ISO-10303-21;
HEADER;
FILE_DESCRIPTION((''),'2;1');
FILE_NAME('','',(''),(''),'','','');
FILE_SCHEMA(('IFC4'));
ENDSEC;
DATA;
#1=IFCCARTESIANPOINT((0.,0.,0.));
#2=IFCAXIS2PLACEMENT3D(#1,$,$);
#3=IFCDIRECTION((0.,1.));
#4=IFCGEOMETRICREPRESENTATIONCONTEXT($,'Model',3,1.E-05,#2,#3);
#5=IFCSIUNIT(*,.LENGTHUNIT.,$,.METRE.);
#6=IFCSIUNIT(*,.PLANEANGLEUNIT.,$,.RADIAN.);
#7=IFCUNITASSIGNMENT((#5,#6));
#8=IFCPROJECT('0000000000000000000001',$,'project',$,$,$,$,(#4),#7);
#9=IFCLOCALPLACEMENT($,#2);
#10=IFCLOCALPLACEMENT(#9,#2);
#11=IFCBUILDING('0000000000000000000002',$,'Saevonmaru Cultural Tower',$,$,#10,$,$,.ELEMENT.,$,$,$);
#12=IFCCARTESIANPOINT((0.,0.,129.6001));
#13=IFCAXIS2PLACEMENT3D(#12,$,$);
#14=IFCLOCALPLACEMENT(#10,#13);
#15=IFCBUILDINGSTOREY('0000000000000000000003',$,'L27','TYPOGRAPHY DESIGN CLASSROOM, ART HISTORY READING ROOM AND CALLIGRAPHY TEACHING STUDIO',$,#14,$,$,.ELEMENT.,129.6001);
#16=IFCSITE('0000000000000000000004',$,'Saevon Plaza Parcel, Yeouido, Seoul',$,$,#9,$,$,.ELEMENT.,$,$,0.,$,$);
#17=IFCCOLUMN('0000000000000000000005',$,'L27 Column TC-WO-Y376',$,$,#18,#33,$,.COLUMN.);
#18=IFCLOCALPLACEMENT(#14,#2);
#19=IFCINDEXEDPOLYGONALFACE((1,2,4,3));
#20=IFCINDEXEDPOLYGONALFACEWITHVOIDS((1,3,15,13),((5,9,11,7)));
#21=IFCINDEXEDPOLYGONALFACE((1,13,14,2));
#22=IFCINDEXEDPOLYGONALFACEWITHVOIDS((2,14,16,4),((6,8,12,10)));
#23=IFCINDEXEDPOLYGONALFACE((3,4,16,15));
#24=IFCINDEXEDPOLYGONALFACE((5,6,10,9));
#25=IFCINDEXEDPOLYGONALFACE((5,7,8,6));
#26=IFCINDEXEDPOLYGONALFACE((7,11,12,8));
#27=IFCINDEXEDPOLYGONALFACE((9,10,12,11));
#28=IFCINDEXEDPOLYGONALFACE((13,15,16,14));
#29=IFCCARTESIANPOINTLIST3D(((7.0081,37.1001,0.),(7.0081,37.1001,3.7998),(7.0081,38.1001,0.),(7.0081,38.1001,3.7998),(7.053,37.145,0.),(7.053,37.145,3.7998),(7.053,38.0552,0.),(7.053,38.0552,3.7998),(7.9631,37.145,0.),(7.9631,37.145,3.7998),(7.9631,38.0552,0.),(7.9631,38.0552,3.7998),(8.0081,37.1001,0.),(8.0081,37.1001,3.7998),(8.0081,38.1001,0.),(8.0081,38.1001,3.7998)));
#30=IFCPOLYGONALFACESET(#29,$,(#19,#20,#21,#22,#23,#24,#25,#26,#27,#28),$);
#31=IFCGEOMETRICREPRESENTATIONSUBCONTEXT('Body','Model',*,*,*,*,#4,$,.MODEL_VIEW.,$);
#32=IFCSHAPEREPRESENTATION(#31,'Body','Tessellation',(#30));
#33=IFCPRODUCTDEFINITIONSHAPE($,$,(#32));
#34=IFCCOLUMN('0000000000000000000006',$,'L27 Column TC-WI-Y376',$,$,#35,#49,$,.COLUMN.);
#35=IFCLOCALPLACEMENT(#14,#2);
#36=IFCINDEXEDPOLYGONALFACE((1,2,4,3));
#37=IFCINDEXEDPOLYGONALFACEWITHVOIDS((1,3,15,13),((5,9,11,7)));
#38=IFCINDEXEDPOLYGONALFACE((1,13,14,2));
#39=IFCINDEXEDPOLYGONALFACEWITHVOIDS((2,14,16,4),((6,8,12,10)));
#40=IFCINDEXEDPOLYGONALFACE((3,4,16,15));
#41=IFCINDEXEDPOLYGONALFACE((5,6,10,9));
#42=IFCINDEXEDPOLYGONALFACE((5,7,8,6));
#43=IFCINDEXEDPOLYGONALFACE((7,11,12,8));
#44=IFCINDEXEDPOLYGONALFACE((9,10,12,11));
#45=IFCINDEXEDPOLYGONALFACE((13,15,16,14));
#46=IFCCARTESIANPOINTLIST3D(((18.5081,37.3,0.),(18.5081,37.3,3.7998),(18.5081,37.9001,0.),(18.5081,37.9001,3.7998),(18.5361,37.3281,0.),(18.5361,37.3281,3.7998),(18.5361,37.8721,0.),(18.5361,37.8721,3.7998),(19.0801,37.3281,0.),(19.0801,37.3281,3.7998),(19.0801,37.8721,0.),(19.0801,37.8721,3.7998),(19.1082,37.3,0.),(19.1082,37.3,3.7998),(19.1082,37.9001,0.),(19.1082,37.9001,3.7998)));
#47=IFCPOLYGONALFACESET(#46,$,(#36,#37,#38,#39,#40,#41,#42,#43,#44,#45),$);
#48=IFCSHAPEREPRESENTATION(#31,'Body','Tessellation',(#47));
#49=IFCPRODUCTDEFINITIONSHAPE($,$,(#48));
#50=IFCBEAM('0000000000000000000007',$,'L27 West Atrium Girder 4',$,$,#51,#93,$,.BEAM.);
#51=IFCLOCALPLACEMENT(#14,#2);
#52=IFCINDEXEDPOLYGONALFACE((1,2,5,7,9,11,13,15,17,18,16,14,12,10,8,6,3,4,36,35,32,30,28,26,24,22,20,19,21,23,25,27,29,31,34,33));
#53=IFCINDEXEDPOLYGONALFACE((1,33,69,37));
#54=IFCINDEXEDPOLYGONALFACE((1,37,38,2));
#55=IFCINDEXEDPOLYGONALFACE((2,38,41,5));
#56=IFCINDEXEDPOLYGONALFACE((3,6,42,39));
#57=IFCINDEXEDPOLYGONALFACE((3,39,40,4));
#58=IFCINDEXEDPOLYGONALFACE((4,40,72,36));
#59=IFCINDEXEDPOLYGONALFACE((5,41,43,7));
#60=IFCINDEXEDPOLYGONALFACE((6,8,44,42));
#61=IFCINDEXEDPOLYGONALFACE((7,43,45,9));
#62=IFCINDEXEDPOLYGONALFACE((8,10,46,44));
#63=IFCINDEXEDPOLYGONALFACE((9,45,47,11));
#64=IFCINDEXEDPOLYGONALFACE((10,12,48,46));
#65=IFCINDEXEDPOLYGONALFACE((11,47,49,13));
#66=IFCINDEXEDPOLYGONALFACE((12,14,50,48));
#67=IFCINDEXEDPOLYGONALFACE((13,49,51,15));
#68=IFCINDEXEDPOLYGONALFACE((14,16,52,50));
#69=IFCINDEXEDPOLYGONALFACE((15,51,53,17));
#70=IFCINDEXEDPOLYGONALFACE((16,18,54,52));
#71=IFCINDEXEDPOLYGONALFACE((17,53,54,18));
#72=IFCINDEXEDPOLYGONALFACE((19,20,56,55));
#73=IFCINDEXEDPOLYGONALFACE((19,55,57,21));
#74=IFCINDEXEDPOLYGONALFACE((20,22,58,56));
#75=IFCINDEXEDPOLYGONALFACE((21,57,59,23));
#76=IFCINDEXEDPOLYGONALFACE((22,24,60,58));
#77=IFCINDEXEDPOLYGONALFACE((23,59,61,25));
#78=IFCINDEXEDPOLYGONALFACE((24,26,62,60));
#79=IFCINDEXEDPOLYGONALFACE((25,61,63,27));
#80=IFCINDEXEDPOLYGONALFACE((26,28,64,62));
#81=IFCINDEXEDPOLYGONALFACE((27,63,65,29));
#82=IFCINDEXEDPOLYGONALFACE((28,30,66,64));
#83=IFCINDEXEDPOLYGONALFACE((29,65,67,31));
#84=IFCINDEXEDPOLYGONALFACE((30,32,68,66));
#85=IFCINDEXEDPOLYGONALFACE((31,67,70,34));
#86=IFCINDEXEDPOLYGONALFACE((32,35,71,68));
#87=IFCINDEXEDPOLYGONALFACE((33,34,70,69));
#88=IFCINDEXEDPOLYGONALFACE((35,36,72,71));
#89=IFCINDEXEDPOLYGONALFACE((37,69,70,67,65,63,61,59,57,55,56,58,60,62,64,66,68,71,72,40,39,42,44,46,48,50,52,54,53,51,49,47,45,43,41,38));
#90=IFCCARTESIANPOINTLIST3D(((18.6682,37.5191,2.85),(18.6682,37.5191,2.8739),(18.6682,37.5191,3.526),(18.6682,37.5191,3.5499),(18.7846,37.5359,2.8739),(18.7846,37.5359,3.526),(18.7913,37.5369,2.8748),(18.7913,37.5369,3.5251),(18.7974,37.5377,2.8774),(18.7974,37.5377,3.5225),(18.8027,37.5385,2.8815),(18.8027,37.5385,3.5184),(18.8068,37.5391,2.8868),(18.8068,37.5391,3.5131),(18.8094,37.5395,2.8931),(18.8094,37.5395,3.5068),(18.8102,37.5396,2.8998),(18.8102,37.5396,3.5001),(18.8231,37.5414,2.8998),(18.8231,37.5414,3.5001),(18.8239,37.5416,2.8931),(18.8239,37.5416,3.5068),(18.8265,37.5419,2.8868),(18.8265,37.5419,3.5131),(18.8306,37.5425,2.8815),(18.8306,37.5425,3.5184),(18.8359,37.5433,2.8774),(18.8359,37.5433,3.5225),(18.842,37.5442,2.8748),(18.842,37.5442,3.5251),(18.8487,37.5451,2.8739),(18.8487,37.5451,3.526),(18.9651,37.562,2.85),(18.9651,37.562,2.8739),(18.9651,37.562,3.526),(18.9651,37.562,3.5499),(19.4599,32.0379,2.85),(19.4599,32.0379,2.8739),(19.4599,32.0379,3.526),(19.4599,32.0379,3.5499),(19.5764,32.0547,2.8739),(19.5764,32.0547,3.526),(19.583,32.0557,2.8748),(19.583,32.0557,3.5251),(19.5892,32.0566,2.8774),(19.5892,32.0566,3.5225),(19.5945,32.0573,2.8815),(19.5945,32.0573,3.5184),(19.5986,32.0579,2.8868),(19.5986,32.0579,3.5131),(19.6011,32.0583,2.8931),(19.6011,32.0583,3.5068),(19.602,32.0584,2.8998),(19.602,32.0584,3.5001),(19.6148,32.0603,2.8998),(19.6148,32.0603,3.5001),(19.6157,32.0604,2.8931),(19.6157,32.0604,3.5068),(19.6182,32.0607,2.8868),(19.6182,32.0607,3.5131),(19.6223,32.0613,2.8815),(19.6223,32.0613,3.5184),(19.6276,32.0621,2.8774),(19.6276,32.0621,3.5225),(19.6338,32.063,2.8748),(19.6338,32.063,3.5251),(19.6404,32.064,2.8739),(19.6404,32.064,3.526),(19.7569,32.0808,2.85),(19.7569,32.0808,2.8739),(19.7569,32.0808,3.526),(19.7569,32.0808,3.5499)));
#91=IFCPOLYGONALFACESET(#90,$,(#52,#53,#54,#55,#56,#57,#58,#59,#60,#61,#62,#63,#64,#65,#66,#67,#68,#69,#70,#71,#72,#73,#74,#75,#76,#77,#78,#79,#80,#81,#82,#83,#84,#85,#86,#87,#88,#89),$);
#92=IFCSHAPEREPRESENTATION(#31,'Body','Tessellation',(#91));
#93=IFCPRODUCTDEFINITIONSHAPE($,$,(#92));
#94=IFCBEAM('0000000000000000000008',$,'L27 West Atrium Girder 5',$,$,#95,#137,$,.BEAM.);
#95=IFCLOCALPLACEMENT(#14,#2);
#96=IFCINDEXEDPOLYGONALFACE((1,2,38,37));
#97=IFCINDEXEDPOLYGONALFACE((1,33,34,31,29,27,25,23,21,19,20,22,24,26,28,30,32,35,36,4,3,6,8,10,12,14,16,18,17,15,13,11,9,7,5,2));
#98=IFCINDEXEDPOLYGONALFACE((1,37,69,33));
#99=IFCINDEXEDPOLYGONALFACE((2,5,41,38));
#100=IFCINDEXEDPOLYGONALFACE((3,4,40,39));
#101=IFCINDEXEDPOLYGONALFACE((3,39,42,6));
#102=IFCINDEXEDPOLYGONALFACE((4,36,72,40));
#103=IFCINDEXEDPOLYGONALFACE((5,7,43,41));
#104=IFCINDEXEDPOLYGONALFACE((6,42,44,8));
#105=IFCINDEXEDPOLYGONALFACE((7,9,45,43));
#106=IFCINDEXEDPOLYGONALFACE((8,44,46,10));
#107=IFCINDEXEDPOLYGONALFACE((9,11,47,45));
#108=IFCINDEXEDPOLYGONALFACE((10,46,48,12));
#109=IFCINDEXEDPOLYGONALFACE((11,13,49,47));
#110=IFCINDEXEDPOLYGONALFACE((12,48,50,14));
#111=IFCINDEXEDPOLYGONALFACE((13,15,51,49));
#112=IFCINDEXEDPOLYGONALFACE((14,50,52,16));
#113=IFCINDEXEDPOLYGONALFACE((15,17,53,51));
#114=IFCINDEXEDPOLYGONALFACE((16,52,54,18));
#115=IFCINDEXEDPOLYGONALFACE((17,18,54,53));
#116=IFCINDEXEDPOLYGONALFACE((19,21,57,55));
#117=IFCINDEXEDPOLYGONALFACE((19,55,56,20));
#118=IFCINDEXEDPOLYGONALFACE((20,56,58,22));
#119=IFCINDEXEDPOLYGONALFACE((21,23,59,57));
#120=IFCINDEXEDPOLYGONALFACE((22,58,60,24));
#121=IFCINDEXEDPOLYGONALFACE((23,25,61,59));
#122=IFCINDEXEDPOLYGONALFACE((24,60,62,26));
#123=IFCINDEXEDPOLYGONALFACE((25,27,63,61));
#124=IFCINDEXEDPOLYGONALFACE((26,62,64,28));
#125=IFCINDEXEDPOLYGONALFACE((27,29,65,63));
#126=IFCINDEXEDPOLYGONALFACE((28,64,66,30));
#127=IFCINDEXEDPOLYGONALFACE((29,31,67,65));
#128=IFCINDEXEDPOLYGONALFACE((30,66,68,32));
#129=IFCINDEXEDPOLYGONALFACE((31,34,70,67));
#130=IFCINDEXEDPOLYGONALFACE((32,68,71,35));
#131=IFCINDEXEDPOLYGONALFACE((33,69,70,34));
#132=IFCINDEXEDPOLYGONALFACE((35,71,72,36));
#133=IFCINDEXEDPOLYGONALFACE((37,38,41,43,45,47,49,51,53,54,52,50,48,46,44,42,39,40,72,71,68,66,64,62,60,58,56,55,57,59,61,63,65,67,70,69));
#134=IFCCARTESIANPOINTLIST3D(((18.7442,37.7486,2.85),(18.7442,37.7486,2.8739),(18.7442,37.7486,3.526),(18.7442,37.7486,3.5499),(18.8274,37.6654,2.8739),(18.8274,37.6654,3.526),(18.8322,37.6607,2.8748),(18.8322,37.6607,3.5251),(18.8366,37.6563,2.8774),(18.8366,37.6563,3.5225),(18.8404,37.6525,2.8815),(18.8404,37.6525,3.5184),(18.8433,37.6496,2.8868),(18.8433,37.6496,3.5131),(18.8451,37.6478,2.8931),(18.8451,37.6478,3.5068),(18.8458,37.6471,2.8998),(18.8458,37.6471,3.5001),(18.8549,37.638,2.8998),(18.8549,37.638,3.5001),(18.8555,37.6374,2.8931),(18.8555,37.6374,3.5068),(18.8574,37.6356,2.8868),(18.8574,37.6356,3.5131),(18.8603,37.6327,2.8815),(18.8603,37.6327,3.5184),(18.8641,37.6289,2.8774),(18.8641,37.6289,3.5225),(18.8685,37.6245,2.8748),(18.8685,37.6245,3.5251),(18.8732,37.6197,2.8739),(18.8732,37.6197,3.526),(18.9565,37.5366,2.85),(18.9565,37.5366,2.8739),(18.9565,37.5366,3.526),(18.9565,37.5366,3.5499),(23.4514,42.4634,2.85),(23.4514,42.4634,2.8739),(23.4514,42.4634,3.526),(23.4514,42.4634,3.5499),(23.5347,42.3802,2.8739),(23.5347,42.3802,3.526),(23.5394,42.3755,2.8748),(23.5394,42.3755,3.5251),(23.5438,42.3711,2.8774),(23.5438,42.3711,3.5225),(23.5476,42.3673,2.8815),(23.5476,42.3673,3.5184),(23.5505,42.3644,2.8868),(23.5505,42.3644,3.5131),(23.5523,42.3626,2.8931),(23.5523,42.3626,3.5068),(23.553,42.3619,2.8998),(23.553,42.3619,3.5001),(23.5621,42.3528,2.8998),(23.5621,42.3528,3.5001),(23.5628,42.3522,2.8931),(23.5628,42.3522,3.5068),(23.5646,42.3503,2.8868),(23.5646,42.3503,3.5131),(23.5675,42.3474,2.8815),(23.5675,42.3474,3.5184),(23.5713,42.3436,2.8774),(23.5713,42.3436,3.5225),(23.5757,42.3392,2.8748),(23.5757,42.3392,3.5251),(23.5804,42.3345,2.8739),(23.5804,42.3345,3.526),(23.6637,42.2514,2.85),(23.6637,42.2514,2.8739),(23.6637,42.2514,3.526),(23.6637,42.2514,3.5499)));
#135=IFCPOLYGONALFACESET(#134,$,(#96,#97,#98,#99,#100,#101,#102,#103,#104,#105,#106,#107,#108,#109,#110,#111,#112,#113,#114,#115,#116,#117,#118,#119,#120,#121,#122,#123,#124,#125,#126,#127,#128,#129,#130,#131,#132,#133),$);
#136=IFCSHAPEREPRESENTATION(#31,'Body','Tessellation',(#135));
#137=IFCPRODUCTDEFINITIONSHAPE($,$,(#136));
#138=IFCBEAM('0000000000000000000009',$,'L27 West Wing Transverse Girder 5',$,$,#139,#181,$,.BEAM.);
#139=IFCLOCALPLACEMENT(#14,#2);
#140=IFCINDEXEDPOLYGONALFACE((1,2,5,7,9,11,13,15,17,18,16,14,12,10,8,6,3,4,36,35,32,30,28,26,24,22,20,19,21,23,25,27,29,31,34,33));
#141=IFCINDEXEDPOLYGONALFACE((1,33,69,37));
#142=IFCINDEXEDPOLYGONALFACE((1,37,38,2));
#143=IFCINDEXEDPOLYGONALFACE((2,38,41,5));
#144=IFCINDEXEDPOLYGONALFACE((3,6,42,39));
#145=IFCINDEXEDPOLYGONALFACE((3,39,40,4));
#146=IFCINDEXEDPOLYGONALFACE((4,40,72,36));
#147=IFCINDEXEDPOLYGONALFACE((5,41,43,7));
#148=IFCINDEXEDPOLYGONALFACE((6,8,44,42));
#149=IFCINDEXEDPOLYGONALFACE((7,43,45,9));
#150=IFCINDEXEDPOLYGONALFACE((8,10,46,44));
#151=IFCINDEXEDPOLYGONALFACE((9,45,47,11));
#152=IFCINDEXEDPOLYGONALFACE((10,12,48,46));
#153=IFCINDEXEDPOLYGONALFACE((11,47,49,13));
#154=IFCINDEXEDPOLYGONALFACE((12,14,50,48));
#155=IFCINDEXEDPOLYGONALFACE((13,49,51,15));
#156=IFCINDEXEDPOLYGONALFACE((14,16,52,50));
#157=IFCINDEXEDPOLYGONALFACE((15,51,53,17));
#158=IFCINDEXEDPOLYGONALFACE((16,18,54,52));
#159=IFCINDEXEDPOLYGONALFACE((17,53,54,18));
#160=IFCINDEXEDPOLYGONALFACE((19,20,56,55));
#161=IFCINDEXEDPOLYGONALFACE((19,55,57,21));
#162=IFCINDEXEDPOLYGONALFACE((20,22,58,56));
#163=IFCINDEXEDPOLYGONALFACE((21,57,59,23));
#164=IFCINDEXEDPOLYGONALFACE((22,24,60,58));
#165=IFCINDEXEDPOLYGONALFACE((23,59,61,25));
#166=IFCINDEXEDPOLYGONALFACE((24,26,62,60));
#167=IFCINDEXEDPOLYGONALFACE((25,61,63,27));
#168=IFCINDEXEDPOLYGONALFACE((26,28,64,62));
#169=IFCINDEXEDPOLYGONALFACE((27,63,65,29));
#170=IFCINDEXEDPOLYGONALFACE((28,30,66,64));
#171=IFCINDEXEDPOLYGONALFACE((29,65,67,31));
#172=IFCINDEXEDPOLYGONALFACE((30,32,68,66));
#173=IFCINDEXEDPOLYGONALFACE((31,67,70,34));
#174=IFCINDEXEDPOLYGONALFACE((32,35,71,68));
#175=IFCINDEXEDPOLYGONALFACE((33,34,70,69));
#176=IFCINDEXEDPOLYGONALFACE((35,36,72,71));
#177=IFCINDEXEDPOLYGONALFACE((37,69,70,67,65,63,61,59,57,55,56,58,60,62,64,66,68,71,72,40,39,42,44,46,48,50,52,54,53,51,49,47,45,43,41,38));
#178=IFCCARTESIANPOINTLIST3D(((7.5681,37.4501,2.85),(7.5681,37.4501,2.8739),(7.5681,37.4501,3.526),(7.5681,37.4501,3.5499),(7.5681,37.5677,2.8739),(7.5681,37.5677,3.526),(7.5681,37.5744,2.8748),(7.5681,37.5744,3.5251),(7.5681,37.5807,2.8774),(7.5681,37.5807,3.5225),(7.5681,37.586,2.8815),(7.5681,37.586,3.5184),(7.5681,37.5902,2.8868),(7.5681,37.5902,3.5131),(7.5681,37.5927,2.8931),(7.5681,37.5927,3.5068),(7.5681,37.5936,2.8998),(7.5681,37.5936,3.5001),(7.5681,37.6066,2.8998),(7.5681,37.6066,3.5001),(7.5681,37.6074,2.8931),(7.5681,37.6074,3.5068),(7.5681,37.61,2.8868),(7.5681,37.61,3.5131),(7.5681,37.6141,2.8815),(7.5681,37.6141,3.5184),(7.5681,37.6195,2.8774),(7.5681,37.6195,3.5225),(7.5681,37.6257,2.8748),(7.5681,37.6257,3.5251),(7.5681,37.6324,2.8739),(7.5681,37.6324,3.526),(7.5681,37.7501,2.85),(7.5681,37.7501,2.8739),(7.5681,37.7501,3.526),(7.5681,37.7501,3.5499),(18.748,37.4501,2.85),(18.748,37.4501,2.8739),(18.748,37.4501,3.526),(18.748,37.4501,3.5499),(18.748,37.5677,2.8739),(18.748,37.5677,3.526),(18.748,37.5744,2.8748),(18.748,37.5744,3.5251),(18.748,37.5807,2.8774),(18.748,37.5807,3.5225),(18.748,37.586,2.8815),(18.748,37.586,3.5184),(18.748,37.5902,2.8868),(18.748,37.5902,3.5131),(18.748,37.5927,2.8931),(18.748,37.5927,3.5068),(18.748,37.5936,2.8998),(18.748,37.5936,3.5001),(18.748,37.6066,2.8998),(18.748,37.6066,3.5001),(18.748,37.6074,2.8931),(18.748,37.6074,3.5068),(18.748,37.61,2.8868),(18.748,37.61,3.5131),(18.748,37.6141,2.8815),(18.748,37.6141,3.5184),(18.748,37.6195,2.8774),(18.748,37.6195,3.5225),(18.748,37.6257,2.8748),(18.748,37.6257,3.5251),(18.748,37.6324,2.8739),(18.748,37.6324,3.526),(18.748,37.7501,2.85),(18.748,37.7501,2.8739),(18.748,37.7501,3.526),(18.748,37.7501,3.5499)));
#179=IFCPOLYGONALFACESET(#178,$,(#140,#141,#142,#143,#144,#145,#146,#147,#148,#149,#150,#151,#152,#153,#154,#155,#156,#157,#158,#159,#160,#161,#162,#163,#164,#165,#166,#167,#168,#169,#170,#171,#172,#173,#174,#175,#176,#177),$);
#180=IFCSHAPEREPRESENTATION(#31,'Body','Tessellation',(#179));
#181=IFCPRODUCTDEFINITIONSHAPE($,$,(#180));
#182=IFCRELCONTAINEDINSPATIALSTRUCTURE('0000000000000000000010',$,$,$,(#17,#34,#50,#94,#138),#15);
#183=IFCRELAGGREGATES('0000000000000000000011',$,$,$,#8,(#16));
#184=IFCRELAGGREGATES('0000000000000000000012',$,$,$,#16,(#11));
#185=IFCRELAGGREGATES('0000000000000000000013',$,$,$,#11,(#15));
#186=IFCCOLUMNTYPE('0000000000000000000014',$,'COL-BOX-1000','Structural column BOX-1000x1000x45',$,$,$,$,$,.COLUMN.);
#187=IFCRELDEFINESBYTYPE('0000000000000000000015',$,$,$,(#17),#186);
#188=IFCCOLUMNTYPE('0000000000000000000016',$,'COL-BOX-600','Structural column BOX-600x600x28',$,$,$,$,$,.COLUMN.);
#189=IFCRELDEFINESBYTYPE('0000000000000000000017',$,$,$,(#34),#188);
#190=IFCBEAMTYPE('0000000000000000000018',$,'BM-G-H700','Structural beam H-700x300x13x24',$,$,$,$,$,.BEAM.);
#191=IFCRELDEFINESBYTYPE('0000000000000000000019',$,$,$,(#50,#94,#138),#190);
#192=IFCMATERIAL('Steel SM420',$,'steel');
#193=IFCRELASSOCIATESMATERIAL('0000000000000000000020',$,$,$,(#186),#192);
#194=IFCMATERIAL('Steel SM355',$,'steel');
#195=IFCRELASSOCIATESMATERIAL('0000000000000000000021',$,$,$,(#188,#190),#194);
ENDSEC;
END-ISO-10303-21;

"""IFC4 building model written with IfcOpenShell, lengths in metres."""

from ifc_helpers import new_model, si_unit, direction, frame, origin, origin_2d, place, context, subcontext, project, spatial, hollow_rectangle, i_section, extrude, material, material_profile, profile_set, type_object, element, save


model = new_model("IFC4")

# Units and contexts
model_context = context("Model", 3, precision=1e-05, world=origin(), true_north=direction((0.0, 1.0)))
body_context = subcontext(model_context, "Body", "Model", "MODEL_VIEW")
ifc_project = project(units=[si_unit("LENGTHUNIT", "METRE"), si_unit("PLANEANGLEUNIT", "RADIAN")], contexts=[model_context])

# Site, building, storey
site_placement = place(None, origin())
site = spatial("IfcSite", under=ifc_project, at=site_placement, Name="Saevon Plaza Parcel, Yeouido, Seoul", CompositionType="ELEMENT", RefElevation=0.0)
building_placement = place(site_placement, origin())
building = spatial("IfcBuilding", under=site, at=building_placement, Name="Saevonmaru Cultural Tower", CompositionType="ELEMENT")
storey_placement = place(building_placement, frame((0.0, 0.0, 129.6001)))
storey = spatial("IfcBuildingStorey", under=building, at=storey_placement, Name="L27", Description="TYPOGRAPHY DESIGN CLASSROOM, ART HISTORY READING ROOM AND CALLIGRAPHY TEACHING STUDIO", CompositionType="ELEMENT", Elevation=129.6001)

# Columns
ifc_material_1 = material(Name="Steel SM420", Category="steel")
ifc_material_profile_1 = material_profile(ifc_material_1, hollow_rectangle(XDim=1.0, YDim=1.0, WallThickness=0.0449, at=origin_2d()), Name="BOX-1000x1000x45")
ifc_profile_set_1 = profile_set([ifc_material_profile_1], Name="Steel SM420")
column_type_1 = type_object("IfcColumnType", Name="COL-BOX-1000", Description="Structural column BOX-1000x1000x45", PredefinedType="COLUMN", material=ifc_profile_set_1)
column_1_placement = place(storey_placement, frame((7.5081, 37.6001, 0.0), z_axis=(0.0, 0.0, 1.0), x_axis=(1.0, 0.0, 0.0)))
element("IfcColumn", 1, at=column_1_placement, inside=storey, type_object=column_type_1, Name="L27 Column TC-WO-Y376", PredefinedType="COLUMN", context=body_context, shape_type="SweptSolid", body=[
    extrude(hollow_rectangle(XDim=1.0, YDim=1.0, WallThickness=0.0449, at=origin_2d()), origin(), (0.0, 0.0, 1.0), 3.7998),
])
ifc_material_2 = material(Name="Steel SM355", Category="steel")
ifc_material_profile_2 = material_profile(ifc_material_2, hollow_rectangle(XDim=0.6001, YDim=0.6001, WallThickness=0.0281, at=origin_2d()), Name="BOX-600x600x28")
ifc_profile_set_2 = profile_set([ifc_material_profile_2], Name="Steel SM355")
column_type_2 = type_object("IfcColumnType", Name="COL-BOX-600", Description="Structural column BOX-600x600x28", PredefinedType="COLUMN", material=ifc_profile_set_2)
column_2_placement = place(storey_placement, frame((18.8081, 37.6001, 0.0), z_axis=(0.0, 0.0, 1.0), x_axis=(1.0, 0.0, 0.0)))
element("IfcColumn", 2, at=column_2_placement, inside=storey, type_object=column_type_2, Name="L27 Column TC-WI-Y376", PredefinedType="COLUMN", context=body_context, shape_type="SweptSolid", body=[
    extrude(hollow_rectangle(XDim=0.6001, YDim=0.6001, WallThickness=0.0281, at=origin_2d()), origin(), (0.0, 0.0, 1.0), 3.7998),
])

# Beams
ifc_material_profile_3 = material_profile(ifc_material_2, i_section(OverallWidth=0.3, OverallDepth=0.7, WebThickness=0.0129, FlangeThickness=0.0239, FilletRadius=0.0259, at=origin_2d()), Name="H-700x300x13x24")
ifc_profile_set_3 = profile_set([ifc_material_profile_3], Name="Steel SM355")
beam_type_1 = type_object("IfcBeamType", Name="BM-G-H700", Description="Structural beam H-700x300x13x24", PredefinedType="BEAM", material=ifc_profile_set_3)
beam_1_placement = place(storey_placement, frame((19.6084, 32.0593, 3.2), z_axis=(-0.142964, 0.989728, 0.0), x_axis=(-0.989728, -0.142964, 0.0)))
element("IfcBeam", 3, at=beam_1_placement, inside=storey, type_object=beam_type_1, Name="L27 West Atrium Girder 4", PredefinedType="BEAM", context=body_context, shape_type="SweptSolid", body=[
    extrude(i_section(OverallWidth=0.3, OverallDepth=0.7, WebThickness=0.0129, FlangeThickness=0.0239, FilletRadius=0.0259, at=origin_2d()), origin(), (0.0, 0.0, 1.0), 5.5381),
])
beam_2_placement = place(storey_placement, frame((18.8503, 37.6426, 3.2), z_axis=(0.706539, 0.707675, 0.0), x_axis=(-0.707675, 0.706539, 0.0)))
element("IfcBeam", 4, at=beam_2_placement, inside=storey, type_object=beam_type_1, Name="L27 West Atrium Girder 5", PredefinedType="BEAM", context=body_context, shape_type="SweptSolid", body=[
    extrude(i_section(OverallWidth=0.3, OverallDepth=0.7, WebThickness=0.0129, FlangeThickness=0.0239, FilletRadius=0.0259, at=origin_2d()), origin(), (0.0, 0.0, 1.0), 6.6624),
])
beam_3_placement = place(storey_placement, frame((7.5681, 37.6001, 3.2), z_axis=(1.0, 0.0, 0.0), x_axis=(0.0, 1.0, 0.0)))
element("IfcBeam", 5, at=beam_3_placement, inside=storey, type_object=beam_type_1, Name="L27 West Wing Transverse Girder 5", PredefinedType="BEAM", context=body_context, shape_type="SweptSolid", body=[
    extrude(i_section(OverallWidth=0.3, OverallDepth=0.7, WebThickness=0.0129, FlangeThickness=0.0239, FilletRadius=0.0259, at=origin_2d()), origin(), (0.0, 0.0, 1.0), 11.1799),
])

save(model, "model.ifc")
